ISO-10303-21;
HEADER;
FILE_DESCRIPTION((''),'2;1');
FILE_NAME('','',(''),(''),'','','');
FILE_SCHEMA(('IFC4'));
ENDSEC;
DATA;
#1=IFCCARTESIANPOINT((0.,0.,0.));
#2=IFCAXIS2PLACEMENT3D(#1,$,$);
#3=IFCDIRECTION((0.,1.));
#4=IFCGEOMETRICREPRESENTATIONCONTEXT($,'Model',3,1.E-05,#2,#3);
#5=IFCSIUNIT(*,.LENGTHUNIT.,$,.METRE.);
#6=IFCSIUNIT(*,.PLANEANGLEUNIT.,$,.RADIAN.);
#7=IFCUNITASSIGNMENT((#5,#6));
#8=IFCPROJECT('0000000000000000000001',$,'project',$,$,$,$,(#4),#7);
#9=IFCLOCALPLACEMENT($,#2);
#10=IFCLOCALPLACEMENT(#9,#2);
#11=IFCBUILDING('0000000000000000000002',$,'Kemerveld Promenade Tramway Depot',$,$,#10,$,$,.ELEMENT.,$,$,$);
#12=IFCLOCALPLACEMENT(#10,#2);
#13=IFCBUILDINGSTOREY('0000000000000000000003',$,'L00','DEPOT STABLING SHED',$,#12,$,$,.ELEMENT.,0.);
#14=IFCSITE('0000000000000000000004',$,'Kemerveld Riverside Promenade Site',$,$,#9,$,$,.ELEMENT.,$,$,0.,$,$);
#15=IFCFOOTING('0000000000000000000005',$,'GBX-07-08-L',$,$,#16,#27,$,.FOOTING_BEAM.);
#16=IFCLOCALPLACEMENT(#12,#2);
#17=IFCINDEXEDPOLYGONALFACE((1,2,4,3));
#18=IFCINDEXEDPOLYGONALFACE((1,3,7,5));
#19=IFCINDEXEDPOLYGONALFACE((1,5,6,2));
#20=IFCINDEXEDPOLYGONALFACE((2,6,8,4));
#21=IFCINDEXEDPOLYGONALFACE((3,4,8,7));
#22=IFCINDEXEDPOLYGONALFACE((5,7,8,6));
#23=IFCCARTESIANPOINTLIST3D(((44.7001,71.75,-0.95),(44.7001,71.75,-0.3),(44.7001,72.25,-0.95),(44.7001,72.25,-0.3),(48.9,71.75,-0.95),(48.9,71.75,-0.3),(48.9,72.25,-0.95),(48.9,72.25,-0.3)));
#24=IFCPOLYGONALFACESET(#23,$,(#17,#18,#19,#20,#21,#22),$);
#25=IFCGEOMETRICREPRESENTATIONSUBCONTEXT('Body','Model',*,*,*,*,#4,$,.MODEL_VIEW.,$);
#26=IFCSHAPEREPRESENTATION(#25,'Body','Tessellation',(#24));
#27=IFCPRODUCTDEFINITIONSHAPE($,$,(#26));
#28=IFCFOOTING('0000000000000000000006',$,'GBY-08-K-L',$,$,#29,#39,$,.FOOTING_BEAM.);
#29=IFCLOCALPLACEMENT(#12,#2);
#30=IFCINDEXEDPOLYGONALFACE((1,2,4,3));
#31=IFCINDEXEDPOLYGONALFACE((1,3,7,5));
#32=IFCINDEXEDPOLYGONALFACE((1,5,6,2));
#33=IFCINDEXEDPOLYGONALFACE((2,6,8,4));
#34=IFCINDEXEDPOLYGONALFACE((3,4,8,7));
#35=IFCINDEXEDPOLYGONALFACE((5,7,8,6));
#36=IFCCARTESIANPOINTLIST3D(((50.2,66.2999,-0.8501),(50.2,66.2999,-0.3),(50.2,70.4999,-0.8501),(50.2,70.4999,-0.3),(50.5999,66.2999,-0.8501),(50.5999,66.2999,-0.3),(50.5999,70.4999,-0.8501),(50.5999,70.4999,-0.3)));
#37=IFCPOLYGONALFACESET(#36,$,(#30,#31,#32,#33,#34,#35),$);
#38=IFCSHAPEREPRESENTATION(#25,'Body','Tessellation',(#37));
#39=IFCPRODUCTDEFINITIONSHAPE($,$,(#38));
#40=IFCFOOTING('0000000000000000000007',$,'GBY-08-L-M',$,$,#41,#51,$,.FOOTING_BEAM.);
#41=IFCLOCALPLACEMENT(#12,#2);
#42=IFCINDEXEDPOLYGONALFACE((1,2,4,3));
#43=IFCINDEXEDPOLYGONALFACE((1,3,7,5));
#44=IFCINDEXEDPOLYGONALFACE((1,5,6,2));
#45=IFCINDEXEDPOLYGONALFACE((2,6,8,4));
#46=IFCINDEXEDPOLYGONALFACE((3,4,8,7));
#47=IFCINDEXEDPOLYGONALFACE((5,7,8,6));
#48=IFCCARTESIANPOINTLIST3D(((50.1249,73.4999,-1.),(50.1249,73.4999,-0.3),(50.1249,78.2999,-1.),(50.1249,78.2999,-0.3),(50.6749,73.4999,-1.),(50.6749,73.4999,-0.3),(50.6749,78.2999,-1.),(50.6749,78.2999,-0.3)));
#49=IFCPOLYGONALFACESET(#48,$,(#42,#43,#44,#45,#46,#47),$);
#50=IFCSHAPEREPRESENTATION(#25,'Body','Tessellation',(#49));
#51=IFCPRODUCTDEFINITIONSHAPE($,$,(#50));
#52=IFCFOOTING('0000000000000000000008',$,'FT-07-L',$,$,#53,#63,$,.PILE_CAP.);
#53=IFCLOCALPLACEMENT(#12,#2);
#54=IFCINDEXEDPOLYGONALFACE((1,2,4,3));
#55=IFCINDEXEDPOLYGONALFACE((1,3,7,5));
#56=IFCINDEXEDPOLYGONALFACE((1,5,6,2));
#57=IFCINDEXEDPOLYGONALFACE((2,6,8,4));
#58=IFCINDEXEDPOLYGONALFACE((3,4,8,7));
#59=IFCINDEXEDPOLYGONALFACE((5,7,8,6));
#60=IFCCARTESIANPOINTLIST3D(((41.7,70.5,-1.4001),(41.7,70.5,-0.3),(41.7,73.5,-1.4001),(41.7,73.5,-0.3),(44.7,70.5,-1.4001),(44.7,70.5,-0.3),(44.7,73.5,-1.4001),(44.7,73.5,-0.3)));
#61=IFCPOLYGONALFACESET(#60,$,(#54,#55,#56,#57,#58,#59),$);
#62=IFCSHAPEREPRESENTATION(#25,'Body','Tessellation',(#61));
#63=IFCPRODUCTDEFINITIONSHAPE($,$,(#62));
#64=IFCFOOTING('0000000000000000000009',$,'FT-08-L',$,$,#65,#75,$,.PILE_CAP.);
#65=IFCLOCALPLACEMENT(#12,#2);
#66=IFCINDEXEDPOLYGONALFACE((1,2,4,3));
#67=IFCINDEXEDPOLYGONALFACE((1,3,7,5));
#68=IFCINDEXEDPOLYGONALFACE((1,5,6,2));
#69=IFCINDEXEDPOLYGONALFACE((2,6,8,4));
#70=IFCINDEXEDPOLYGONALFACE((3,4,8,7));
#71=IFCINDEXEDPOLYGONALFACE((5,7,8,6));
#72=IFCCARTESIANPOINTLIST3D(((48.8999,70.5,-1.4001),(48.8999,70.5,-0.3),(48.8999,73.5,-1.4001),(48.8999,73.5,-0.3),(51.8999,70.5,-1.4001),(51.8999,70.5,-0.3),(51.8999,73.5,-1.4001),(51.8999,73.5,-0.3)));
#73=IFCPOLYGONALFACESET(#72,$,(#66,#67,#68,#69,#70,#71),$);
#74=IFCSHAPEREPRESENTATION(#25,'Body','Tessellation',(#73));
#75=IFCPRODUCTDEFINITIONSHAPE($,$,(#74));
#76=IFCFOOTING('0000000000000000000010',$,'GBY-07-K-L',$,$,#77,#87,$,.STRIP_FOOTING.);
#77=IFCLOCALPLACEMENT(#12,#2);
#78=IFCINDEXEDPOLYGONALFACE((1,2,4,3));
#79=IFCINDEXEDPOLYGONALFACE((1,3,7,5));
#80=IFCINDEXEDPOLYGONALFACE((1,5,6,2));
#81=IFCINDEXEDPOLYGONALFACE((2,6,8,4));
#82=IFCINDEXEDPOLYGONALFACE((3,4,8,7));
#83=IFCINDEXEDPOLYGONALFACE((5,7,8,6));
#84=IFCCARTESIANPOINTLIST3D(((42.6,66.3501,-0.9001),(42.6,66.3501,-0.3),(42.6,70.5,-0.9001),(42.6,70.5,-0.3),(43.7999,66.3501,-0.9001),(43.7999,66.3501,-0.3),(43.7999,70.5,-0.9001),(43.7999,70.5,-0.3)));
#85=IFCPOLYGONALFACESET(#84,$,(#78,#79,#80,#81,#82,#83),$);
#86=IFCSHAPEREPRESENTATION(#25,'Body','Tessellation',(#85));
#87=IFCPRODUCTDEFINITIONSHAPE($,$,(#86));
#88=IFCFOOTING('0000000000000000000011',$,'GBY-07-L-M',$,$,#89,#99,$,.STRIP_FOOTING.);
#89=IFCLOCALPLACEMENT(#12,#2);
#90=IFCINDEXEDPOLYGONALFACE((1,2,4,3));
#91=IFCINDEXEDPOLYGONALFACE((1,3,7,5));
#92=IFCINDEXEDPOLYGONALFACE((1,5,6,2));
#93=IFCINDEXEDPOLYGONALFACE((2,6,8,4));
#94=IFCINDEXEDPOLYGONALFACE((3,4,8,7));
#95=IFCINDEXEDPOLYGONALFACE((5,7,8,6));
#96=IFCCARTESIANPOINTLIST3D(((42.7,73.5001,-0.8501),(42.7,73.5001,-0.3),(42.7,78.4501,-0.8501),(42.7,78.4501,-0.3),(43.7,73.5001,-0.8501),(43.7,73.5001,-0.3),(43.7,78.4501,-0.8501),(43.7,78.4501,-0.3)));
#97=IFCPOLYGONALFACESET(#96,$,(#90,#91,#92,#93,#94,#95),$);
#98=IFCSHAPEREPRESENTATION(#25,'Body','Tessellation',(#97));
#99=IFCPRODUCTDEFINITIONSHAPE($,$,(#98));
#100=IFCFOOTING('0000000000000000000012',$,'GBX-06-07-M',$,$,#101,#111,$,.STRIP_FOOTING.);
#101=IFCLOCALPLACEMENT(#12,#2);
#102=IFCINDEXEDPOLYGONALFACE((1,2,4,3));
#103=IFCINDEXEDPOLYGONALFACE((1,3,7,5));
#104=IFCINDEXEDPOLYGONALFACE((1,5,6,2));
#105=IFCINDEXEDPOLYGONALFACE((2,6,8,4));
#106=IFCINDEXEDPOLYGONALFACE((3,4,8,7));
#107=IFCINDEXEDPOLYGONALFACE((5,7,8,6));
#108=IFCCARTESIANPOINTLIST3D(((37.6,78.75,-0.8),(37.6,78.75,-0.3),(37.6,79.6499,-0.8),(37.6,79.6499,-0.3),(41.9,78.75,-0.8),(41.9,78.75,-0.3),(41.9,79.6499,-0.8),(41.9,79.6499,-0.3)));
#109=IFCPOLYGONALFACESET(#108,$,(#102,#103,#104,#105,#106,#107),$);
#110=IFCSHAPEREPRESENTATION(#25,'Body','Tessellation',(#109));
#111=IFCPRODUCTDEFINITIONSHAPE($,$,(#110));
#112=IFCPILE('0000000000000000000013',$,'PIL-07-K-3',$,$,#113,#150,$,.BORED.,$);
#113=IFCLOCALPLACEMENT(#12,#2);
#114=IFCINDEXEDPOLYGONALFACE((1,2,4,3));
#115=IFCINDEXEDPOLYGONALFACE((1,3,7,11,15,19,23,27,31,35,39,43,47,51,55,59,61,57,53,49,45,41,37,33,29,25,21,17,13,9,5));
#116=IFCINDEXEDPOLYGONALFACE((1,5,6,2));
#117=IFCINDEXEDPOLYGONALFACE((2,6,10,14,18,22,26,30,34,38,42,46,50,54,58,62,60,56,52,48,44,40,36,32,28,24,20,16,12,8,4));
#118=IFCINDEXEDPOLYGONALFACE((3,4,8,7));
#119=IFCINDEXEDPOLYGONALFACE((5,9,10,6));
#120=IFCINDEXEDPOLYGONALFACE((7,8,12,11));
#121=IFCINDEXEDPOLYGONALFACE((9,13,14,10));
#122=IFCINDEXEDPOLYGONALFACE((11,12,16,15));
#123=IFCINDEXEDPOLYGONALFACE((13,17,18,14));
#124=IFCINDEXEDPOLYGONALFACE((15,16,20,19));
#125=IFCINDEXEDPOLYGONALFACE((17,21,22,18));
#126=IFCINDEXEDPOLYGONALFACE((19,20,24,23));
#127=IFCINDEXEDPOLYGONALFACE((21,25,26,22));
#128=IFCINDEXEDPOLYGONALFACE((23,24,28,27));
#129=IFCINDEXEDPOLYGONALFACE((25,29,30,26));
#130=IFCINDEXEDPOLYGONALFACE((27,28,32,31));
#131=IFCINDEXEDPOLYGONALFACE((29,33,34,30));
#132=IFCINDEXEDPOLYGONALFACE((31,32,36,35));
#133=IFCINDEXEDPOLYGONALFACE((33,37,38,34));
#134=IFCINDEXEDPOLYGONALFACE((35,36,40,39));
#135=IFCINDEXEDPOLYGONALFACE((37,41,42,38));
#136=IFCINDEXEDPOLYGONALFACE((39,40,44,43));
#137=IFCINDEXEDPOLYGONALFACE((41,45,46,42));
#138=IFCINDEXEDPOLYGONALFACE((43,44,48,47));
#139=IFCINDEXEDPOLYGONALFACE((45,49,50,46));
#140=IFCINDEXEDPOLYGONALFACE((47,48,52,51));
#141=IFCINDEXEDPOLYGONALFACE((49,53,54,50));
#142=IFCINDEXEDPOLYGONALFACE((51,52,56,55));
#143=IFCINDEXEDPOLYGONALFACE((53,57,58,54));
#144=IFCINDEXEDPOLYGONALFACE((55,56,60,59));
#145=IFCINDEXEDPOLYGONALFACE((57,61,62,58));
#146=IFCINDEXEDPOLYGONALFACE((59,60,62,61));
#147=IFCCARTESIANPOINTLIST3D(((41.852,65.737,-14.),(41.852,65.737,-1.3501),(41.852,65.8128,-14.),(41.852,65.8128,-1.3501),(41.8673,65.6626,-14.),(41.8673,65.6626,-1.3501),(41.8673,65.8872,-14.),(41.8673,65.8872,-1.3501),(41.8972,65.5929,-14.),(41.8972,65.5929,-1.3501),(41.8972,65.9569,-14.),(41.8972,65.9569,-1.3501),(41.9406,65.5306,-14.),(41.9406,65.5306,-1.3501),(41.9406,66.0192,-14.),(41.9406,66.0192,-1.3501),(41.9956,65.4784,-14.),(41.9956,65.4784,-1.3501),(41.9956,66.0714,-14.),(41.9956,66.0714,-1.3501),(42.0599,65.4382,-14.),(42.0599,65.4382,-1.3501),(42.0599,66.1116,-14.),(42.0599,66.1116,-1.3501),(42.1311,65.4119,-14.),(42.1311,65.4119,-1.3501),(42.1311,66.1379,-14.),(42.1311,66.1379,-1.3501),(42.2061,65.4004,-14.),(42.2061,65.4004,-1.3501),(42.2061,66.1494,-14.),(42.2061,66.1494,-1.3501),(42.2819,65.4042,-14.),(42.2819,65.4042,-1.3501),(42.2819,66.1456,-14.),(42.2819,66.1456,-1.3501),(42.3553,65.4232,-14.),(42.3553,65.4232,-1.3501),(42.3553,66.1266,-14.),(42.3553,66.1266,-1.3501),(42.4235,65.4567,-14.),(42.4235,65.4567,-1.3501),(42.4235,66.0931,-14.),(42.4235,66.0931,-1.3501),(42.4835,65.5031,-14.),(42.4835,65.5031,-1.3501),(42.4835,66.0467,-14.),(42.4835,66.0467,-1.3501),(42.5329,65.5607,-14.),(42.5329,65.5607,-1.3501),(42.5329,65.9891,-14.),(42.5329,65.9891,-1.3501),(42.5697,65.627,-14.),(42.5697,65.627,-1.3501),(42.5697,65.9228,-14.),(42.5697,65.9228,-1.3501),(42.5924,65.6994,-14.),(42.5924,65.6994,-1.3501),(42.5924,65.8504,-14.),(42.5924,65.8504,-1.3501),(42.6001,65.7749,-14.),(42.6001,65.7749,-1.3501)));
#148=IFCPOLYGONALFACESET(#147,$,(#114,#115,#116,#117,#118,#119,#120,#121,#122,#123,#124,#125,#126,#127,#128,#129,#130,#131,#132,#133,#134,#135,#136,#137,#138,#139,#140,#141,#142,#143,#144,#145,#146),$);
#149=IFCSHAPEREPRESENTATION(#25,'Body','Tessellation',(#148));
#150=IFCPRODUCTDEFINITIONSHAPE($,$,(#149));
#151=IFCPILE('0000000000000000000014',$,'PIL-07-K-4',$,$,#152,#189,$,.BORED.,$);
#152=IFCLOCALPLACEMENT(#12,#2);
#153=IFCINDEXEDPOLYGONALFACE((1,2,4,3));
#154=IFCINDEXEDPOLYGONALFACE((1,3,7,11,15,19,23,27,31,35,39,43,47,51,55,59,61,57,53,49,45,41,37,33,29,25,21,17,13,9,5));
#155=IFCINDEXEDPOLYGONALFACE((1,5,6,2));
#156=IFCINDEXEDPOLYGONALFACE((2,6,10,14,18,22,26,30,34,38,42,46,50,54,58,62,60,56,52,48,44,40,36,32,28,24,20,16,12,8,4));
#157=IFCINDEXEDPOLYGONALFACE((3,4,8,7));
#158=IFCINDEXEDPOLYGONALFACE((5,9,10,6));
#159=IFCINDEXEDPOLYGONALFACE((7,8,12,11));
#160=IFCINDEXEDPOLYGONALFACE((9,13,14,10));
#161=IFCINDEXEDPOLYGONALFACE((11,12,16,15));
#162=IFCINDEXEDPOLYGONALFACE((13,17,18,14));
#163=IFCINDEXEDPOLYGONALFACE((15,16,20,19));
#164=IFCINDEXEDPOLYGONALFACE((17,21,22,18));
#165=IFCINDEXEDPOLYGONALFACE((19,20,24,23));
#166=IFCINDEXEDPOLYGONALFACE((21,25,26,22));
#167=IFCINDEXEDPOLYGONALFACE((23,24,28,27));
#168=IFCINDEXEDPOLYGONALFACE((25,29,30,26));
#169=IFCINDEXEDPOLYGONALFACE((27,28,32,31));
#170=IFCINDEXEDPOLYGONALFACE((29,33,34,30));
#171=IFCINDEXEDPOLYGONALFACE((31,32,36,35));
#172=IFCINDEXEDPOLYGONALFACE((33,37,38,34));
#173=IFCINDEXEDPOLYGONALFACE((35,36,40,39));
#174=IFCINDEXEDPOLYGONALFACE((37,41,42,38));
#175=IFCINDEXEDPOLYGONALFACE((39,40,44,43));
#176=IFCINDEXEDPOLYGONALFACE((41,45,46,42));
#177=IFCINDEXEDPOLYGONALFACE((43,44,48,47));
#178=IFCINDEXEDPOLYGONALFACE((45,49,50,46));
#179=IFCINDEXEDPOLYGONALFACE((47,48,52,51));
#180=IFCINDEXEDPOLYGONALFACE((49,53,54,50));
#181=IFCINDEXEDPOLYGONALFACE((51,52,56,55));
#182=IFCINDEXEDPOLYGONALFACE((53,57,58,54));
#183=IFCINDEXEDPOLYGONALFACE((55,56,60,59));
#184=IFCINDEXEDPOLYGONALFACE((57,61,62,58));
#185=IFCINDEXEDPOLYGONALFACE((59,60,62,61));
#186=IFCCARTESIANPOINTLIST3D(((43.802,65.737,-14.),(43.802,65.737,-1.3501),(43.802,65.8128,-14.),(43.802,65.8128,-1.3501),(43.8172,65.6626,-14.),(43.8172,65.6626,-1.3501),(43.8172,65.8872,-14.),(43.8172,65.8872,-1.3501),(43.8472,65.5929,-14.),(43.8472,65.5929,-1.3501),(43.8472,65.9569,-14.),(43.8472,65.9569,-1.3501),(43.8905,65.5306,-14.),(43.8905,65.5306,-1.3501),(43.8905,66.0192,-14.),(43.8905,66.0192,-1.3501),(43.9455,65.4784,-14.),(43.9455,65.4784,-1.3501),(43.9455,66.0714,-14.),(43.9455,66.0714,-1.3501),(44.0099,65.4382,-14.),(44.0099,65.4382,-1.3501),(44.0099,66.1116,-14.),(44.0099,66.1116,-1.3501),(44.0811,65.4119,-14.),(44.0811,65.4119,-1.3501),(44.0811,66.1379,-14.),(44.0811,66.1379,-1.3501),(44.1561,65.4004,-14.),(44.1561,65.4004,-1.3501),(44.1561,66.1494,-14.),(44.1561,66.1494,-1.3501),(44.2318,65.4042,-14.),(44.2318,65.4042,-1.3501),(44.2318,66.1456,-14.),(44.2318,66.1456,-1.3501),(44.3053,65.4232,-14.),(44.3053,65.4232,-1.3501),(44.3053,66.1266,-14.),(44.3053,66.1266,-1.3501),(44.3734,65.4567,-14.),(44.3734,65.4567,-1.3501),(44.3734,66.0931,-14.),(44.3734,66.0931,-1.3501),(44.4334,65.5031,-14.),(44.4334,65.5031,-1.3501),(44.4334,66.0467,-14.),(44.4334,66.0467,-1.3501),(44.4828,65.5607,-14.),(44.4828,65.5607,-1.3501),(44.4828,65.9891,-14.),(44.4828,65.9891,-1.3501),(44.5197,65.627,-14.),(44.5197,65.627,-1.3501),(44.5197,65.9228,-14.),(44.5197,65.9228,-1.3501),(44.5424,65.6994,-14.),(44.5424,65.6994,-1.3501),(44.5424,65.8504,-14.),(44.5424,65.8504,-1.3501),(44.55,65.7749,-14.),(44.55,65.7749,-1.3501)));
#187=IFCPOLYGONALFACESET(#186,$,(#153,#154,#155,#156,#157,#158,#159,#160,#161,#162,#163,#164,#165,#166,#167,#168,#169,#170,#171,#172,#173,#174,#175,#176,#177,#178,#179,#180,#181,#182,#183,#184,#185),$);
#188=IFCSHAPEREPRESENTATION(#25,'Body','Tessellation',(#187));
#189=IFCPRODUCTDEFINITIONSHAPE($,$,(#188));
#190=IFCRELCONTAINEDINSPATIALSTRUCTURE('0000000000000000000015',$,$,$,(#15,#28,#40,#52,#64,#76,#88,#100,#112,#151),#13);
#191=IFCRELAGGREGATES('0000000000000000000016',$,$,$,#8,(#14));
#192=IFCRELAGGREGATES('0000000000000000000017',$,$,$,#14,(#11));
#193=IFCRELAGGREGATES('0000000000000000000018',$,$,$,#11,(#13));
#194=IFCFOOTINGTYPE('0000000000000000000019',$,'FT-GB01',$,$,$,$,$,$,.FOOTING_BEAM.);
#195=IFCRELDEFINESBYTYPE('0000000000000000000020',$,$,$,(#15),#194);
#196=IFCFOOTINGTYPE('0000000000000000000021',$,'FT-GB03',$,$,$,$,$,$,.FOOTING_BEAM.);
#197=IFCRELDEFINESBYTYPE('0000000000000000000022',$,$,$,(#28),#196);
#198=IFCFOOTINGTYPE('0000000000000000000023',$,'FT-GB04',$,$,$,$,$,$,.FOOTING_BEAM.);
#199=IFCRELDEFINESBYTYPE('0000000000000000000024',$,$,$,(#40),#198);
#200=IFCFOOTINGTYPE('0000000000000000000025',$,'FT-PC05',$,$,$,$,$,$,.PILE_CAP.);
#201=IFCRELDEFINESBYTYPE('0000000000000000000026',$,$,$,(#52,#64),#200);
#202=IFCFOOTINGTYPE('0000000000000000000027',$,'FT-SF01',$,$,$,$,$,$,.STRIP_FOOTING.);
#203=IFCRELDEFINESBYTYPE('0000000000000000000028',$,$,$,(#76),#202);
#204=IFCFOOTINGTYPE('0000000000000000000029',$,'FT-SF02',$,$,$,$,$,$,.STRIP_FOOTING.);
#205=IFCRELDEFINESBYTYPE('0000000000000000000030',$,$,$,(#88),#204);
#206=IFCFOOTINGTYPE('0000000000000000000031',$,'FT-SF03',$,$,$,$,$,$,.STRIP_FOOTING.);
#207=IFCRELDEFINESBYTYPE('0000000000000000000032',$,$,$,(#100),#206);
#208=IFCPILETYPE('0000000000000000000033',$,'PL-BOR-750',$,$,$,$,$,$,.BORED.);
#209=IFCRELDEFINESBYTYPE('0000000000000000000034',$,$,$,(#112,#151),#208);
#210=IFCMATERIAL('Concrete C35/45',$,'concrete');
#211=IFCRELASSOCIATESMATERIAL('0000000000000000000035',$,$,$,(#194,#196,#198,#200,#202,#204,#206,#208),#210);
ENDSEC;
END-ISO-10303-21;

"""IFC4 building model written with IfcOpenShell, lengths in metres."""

from ifc_helpers import new_model, si_unit, direction, frame, origin, origin_2d, place, context, subcontext, project, spatial, rectangle, circle, extrude, material, material_profile, profile_set, type_object, element, save


model = new_model("IFC4")

# Units and contexts
model_context = context("Model", 3, precision=1e-05, world=origin(), true_north=direction((0.0, 1.0)))
body_context = subcontext(model_context, "Body", "Model", "MODEL_VIEW")
ifc_project = project(units=[si_unit("LENGTHUNIT", "METRE"), si_unit("PLANEANGLEUNIT", "RADIAN")], contexts=[model_context])

# Site, building, storey
site_placement = place(None, origin())
site = spatial("IfcSite", under=ifc_project, at=site_placement, Name="Kemerveld Riverside Promenade Site", CompositionType="ELEMENT", RefElevation=0.0)
building_placement = place(site_placement, origin())
building = spatial("IfcBuilding", under=site, at=building_placement, Name="Kemerveld Promenade Tramway Depot", CompositionType="ELEMENT")
storey_placement = place(building_placement, origin())
storey = spatial("IfcBuildingStorey", under=building, at=storey_placement, Name="L00", Description="DEPOT STABLING SHED", CompositionType="ELEMENT", Elevation=0.0)

# Footings
ifc_material_1 = material(Name="Concrete C35/45", Category="concrete")
footing_type_1 = type_object("IfcFootingType", Name="FT-GB01", PredefinedType="FOOTING_BEAM", material=ifc_material_1)
footing_1_placement = place(storey_placement, frame((46.8, 72.0, -0.95), z_axis=(0.0, 0.0, 1.0), x_axis=(1.0, 0.0, 0.0)))
element("IfcFooting", 1, at=footing_1_placement, inside=storey, type_object=footing_type_1, Name="GBX-07-08-L", PredefinedType="FOOTING_BEAM", context=body_context, shape_type="SweptSolid", body=[
    extrude(rectangle(XDim=4.2, YDim=0.5, at=origin_2d()), origin(), (0.0, 0.0, 1.0), 0.6499),
])
footing_type_2 = type_object("IfcFootingType", Name="FT-GB03", PredefinedType="FOOTING_BEAM", material=ifc_material_1)
footing_2_placement = place(storey_placement, frame((50.3999, 68.3999, -0.8501), z_axis=(0.0, 0.0, 1.0), x_axis=(0.0, 1.0, 0.0)))
element("IfcFooting", 2, at=footing_2_placement, inside=storey, type_object=footing_type_2, Name="GBY-08-K-L", PredefinedType="FOOTING_BEAM", context=body_context, shape_type="SweptSolid", body=[
    extrude(rectangle(XDim=4.2, YDim=0.3999, at=origin_2d()), origin(), (0.0, 0.0, 1.0), 0.55),
])
footing_type_3 = type_object("IfcFootingType", Name="FT-GB04", PredefinedType="FOOTING_BEAM", material=ifc_material_1)
footing_3_placement = place(storey_placement, frame((50.3999, 75.8999, -1.0), z_axis=(0.0, 0.0, 1.0), x_axis=(0.0, 1.0, 0.0)))
element("IfcFooting", 3, at=footing_3_placement, inside=storey, type_object=footing_type_3, Name="GBY-08-L-M", PredefinedType="FOOTING_BEAM", context=body_context, shape_type="SweptSolid", body=[
    extrude(rectangle(XDim=4.8, YDim=0.55, at=origin_2d()), origin(), (0.0, 0.0, 1.0), 0.7),
])
footing_type_4 = type_object("IfcFootingType", Name="FT-PC05", PredefinedType="PILE_CAP", material=ifc_material_1)
for number, where, z_axis, x_axis, name in (
    (4, (43.2, 72.0, -1.4001), (0.0, 0.0, 1.0), (1.0, 0.0, 0.0), "FT-07-L"),
    (5, (50.3999, 72.0, -1.4001), (0.0, 0.0, 1.0), (1.0, 0.0, 0.0), "FT-08-L"),
):
    element("IfcFooting", number, at=place(storey_placement, frame(where, z_axis=z_axis, x_axis=x_axis)), inside=storey, type_object=footing_type_4, Name=name, PredefinedType="PILE_CAP", context=body_context, shape_type="SweptSolid", body=[
        extrude(rectangle(XDim=3.0, YDim=3.0, at=origin_2d()), origin(), (0.0, 0.0, 1.0), 1.1001),
    ])
footing_type_5 = type_object("IfcFootingType", Name="FT-SF01", PredefinedType="STRIP_FOOTING", material=ifc_material_1)
footing_4_placement = place(storey_placement, frame((43.2, 68.425, -0.9001), z_axis=(0.0, 0.0, 1.0), x_axis=(0.0, 1.0, 0.0)))
element("IfcFooting", 6, at=footing_4_placement, inside=storey, type_object=footing_type_5, Name="GBY-07-K-L", PredefinedType="STRIP_FOOTING", context=body_context, shape_type="SweptSolid", body=[
    extrude(rectangle(XDim=4.1499, YDim=1.2, at=origin_2d()), origin(), (0.0, 0.0, 1.0), 0.6001),
])
footing_type_6 = type_object("IfcFootingType", Name="FT-SF02", PredefinedType="STRIP_FOOTING", material=ifc_material_1)
footing_5_placement = place(storey_placement, frame((43.2, 75.9751, -0.8501), z_axis=(0.0, 0.0, 1.0), x_axis=(0.0, 1.0, 0.0)))
element("IfcFooting", 7, at=footing_5_placement, inside=storey, type_object=footing_type_6, Name="GBY-07-L-M", PredefinedType="STRIP_FOOTING", context=body_context, shape_type="SweptSolid", body=[
    extrude(rectangle(XDim=4.95, YDim=1.0, at=origin_2d()), origin(), (0.0, 0.0, 1.0), 0.55),
])
footing_type_7 = type_object("IfcFootingType", Name="FT-SF03", PredefinedType="STRIP_FOOTING", material=ifc_material_1)
footing_6_placement = place(storey_placement, frame((39.75, 79.2, -0.8), z_axis=(0.0, 0.0, 1.0), x_axis=(1.0, 0.0, 0.0)))
element("IfcFooting", 8, at=footing_6_placement, inside=storey, type_object=footing_type_7, Name="GBX-06-07-M", PredefinedType="STRIP_FOOTING", context=body_context, shape_type="SweptSolid", body=[
    extrude(rectangle(XDim=4.3, YDim=0.8999, at=origin_2d()), origin(), (0.0, 0.0, 1.0), 0.5),
])

# Piles
ifc_material_profile_1 = material_profile(ifc_material_1, circle(Radius=0.375, at=origin_2d()), Name="PILE-D750")
ifc_profile_set_1 = profile_set([ifc_material_profile_1], Name="Concrete C35/45")
pile_type = type_object("IfcPileType", Name="PL-BOR-750", PredefinedType="BORED", material=ifc_profile_set_1)
for number, where, z_axis, x_axis, name in (
    (9, (42.2251, 65.7749, -1.3501), (0.0, 0.0, -1.0), (1.0, 0.0, 0.0), "PIL-07-K-3"),
    (10, (44.175, 65.7749, -1.3501), (0.0, 0.0, -1.0), (1.0, 0.0, 0.0), "PIL-07-K-4"),
):
    element("IfcPile", number, at=place(storey_placement, frame(where, z_axis=z_axis, x_axis=x_axis)), inside=storey, type_object=pile_type, Name=name, PredefinedType="BORED", context=body_context, shape_type="SweptSolid", body=[
        extrude(circle(Radius=0.375, at=origin_2d()), origin(), (0.0, 0.0, 1.0), 12.6499),
    ])

save(model, "model.ifc")
